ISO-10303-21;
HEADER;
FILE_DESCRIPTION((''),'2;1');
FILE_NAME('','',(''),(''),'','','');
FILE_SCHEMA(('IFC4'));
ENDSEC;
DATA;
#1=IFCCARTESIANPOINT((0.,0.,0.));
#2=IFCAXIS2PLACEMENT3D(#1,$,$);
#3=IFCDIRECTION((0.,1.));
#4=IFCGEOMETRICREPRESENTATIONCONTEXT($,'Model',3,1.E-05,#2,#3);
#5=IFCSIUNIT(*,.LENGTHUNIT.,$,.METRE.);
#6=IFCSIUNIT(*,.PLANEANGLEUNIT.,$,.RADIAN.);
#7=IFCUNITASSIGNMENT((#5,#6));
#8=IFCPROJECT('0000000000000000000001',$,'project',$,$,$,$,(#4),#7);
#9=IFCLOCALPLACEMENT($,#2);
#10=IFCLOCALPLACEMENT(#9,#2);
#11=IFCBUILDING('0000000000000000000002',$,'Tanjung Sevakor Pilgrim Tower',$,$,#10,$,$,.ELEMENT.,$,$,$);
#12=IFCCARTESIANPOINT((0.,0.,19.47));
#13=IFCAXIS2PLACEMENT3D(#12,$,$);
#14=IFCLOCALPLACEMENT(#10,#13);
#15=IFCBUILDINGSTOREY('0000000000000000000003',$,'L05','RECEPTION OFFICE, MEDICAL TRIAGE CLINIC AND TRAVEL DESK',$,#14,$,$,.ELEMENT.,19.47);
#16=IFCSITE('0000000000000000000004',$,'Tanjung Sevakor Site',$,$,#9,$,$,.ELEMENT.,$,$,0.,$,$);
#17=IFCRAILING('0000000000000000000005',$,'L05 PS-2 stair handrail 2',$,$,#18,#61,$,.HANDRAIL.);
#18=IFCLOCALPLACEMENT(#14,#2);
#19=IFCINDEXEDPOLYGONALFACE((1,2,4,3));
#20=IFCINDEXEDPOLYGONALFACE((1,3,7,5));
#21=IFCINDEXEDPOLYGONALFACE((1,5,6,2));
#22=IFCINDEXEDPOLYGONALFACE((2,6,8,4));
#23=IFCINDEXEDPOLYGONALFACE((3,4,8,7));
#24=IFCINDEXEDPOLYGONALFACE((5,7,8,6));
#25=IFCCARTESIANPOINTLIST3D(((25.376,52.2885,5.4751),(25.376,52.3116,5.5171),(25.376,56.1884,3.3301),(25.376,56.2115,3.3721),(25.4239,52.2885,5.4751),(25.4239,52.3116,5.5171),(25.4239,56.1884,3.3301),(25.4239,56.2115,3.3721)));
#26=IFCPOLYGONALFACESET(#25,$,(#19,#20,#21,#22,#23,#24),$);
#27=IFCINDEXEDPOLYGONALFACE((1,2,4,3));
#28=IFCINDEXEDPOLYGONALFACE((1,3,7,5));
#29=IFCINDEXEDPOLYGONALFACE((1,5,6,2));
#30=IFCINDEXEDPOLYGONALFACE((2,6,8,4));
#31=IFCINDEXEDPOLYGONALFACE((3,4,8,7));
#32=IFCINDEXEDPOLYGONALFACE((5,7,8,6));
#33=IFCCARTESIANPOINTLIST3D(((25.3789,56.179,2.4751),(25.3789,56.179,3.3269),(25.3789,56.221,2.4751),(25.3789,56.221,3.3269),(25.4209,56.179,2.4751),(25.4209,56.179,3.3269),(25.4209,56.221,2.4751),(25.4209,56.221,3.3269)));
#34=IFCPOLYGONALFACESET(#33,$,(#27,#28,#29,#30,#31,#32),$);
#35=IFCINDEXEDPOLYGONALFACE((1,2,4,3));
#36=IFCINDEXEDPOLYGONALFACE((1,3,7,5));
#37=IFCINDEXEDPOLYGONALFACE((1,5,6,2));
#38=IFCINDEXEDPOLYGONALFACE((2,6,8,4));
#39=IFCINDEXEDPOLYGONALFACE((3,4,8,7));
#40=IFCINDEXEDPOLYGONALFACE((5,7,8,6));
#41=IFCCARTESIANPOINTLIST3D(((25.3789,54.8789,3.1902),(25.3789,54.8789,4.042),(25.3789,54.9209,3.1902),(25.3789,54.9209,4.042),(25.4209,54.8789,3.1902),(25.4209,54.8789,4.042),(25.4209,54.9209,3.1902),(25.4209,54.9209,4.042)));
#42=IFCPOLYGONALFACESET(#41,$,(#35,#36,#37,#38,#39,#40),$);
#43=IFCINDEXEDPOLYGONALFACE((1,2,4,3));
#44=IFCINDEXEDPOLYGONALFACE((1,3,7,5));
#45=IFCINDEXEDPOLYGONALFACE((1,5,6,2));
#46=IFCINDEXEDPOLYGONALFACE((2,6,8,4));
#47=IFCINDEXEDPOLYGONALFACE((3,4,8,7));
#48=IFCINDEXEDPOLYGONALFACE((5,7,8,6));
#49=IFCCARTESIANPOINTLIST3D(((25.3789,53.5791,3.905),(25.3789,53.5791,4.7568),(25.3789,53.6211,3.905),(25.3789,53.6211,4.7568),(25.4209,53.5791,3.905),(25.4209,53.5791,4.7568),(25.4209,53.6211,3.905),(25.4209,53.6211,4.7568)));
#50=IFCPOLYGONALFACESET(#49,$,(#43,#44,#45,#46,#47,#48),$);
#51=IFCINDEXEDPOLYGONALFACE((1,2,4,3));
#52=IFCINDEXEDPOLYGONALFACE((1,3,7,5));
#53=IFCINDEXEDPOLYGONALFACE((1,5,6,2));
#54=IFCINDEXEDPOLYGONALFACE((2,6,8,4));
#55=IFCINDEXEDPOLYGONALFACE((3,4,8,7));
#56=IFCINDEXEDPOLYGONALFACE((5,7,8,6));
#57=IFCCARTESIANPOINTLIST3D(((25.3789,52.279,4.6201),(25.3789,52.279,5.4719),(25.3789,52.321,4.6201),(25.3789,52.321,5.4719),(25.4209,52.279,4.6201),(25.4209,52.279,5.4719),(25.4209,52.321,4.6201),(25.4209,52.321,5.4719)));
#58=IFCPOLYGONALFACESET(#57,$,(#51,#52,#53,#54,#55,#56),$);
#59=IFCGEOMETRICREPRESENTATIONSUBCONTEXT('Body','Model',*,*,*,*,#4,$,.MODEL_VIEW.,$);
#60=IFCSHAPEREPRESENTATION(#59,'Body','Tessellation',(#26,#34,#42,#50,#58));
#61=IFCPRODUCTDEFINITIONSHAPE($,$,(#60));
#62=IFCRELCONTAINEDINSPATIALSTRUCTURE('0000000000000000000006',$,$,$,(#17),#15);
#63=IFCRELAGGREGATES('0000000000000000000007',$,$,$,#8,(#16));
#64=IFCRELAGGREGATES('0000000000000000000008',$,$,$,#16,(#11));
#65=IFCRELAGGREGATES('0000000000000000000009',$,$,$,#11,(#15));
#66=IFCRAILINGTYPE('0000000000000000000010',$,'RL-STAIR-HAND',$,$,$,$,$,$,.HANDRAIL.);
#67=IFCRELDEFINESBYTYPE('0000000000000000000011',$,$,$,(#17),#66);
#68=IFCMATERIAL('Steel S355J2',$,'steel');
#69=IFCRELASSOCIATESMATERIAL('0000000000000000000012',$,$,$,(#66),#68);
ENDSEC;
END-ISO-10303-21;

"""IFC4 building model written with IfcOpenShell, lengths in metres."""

from ifc_helpers import new_model, si_unit, direction, frame, origin, place, context, subcontext, project, spatial, rectangle, extrude, material, type_object, element, save


model = new_model("IFC4")

# Units and contexts
model_context = context("Model", 3, precision=1e-05, world=origin(), true_north=direction((0.0, 1.0)))
body_context = subcontext(model_context, "Body", "Model", "MODEL_VIEW")
ifc_project = project(units=[si_unit("LENGTHUNIT", "METRE"), si_unit("PLANEANGLEUNIT", "RADIAN")], contexts=[model_context])

# Site, building, storey
site_placement = place(None, origin())
site = spatial("IfcSite", under=ifc_project, at=site_placement, Name="Tanjung Sevakor Site", CompositionType="ELEMENT", RefElevation=0.0)
building_placement = place(site_placement, origin())
building = spatial("IfcBuilding", under=site, at=building_placement, Name="Tanjung Sevakor Pilgrim Tower", CompositionType="ELEMENT")
storey_placement = place(building_placement, frame((0.0, 0.0, 19.47)))
storey = spatial("IfcBuildingStorey", under=building, at=storey_placement, Name="L05", Description="RECEPTION OFFICE, MEDICAL TRIAGE CLINIC AND TRAVEL DESK", CompositionType="ELEMENT", Elevation=19.47)

# Railing
ifc_material_1 = material(Name="Steel S355J2", Category="steel")
railing_type = type_object("IfcRailingType", Name="RL-STAIR-HAND", PredefinedType="HANDRAIL", material=ifc_material_1)
railing_placement = place(storey_placement, frame((25.3999, 56.2, 2.4751)))
element("IfcRailing", 1, at=railing_placement, inside=storey, type_object=railing_type, Name="L05 PS-2 stair handrail 2", PredefinedType="HANDRAIL", context=body_context, shape_type="SweptSolid", body=[
    extrude(rectangle(XDim=0.0479, YDim=0.0479), frame((0.0, 0.0, 0.876), z_axis=(0.0, -0.876209, 0.481931), x_axis=(1.0, 0.0, 0.0)), (0.0, 0.0, 1.0), 4.4509),
    extrude(rectangle(XDim=0.042, YDim=0.042), origin(), (0.0, 0.0, 1.0), 0.8518),
    extrude(rectangle(XDim=0.042, YDim=0.042), frame((0.0, -1.3, 0.7151)), (0.0, 0.0, 1.0), 0.8518),
    extrude(rectangle(XDim=0.042, YDim=0.042), frame((0.0, -2.5999, 1.4299)), (0.0, 0.0, 1.0), 0.8518),
    extrude(rectangle(XDim=0.042, YDim=0.042), frame((0.0, -3.8999, 2.145)), (0.0, 0.0, 1.0), 0.8518),
])

save(model, "model.ifc")
